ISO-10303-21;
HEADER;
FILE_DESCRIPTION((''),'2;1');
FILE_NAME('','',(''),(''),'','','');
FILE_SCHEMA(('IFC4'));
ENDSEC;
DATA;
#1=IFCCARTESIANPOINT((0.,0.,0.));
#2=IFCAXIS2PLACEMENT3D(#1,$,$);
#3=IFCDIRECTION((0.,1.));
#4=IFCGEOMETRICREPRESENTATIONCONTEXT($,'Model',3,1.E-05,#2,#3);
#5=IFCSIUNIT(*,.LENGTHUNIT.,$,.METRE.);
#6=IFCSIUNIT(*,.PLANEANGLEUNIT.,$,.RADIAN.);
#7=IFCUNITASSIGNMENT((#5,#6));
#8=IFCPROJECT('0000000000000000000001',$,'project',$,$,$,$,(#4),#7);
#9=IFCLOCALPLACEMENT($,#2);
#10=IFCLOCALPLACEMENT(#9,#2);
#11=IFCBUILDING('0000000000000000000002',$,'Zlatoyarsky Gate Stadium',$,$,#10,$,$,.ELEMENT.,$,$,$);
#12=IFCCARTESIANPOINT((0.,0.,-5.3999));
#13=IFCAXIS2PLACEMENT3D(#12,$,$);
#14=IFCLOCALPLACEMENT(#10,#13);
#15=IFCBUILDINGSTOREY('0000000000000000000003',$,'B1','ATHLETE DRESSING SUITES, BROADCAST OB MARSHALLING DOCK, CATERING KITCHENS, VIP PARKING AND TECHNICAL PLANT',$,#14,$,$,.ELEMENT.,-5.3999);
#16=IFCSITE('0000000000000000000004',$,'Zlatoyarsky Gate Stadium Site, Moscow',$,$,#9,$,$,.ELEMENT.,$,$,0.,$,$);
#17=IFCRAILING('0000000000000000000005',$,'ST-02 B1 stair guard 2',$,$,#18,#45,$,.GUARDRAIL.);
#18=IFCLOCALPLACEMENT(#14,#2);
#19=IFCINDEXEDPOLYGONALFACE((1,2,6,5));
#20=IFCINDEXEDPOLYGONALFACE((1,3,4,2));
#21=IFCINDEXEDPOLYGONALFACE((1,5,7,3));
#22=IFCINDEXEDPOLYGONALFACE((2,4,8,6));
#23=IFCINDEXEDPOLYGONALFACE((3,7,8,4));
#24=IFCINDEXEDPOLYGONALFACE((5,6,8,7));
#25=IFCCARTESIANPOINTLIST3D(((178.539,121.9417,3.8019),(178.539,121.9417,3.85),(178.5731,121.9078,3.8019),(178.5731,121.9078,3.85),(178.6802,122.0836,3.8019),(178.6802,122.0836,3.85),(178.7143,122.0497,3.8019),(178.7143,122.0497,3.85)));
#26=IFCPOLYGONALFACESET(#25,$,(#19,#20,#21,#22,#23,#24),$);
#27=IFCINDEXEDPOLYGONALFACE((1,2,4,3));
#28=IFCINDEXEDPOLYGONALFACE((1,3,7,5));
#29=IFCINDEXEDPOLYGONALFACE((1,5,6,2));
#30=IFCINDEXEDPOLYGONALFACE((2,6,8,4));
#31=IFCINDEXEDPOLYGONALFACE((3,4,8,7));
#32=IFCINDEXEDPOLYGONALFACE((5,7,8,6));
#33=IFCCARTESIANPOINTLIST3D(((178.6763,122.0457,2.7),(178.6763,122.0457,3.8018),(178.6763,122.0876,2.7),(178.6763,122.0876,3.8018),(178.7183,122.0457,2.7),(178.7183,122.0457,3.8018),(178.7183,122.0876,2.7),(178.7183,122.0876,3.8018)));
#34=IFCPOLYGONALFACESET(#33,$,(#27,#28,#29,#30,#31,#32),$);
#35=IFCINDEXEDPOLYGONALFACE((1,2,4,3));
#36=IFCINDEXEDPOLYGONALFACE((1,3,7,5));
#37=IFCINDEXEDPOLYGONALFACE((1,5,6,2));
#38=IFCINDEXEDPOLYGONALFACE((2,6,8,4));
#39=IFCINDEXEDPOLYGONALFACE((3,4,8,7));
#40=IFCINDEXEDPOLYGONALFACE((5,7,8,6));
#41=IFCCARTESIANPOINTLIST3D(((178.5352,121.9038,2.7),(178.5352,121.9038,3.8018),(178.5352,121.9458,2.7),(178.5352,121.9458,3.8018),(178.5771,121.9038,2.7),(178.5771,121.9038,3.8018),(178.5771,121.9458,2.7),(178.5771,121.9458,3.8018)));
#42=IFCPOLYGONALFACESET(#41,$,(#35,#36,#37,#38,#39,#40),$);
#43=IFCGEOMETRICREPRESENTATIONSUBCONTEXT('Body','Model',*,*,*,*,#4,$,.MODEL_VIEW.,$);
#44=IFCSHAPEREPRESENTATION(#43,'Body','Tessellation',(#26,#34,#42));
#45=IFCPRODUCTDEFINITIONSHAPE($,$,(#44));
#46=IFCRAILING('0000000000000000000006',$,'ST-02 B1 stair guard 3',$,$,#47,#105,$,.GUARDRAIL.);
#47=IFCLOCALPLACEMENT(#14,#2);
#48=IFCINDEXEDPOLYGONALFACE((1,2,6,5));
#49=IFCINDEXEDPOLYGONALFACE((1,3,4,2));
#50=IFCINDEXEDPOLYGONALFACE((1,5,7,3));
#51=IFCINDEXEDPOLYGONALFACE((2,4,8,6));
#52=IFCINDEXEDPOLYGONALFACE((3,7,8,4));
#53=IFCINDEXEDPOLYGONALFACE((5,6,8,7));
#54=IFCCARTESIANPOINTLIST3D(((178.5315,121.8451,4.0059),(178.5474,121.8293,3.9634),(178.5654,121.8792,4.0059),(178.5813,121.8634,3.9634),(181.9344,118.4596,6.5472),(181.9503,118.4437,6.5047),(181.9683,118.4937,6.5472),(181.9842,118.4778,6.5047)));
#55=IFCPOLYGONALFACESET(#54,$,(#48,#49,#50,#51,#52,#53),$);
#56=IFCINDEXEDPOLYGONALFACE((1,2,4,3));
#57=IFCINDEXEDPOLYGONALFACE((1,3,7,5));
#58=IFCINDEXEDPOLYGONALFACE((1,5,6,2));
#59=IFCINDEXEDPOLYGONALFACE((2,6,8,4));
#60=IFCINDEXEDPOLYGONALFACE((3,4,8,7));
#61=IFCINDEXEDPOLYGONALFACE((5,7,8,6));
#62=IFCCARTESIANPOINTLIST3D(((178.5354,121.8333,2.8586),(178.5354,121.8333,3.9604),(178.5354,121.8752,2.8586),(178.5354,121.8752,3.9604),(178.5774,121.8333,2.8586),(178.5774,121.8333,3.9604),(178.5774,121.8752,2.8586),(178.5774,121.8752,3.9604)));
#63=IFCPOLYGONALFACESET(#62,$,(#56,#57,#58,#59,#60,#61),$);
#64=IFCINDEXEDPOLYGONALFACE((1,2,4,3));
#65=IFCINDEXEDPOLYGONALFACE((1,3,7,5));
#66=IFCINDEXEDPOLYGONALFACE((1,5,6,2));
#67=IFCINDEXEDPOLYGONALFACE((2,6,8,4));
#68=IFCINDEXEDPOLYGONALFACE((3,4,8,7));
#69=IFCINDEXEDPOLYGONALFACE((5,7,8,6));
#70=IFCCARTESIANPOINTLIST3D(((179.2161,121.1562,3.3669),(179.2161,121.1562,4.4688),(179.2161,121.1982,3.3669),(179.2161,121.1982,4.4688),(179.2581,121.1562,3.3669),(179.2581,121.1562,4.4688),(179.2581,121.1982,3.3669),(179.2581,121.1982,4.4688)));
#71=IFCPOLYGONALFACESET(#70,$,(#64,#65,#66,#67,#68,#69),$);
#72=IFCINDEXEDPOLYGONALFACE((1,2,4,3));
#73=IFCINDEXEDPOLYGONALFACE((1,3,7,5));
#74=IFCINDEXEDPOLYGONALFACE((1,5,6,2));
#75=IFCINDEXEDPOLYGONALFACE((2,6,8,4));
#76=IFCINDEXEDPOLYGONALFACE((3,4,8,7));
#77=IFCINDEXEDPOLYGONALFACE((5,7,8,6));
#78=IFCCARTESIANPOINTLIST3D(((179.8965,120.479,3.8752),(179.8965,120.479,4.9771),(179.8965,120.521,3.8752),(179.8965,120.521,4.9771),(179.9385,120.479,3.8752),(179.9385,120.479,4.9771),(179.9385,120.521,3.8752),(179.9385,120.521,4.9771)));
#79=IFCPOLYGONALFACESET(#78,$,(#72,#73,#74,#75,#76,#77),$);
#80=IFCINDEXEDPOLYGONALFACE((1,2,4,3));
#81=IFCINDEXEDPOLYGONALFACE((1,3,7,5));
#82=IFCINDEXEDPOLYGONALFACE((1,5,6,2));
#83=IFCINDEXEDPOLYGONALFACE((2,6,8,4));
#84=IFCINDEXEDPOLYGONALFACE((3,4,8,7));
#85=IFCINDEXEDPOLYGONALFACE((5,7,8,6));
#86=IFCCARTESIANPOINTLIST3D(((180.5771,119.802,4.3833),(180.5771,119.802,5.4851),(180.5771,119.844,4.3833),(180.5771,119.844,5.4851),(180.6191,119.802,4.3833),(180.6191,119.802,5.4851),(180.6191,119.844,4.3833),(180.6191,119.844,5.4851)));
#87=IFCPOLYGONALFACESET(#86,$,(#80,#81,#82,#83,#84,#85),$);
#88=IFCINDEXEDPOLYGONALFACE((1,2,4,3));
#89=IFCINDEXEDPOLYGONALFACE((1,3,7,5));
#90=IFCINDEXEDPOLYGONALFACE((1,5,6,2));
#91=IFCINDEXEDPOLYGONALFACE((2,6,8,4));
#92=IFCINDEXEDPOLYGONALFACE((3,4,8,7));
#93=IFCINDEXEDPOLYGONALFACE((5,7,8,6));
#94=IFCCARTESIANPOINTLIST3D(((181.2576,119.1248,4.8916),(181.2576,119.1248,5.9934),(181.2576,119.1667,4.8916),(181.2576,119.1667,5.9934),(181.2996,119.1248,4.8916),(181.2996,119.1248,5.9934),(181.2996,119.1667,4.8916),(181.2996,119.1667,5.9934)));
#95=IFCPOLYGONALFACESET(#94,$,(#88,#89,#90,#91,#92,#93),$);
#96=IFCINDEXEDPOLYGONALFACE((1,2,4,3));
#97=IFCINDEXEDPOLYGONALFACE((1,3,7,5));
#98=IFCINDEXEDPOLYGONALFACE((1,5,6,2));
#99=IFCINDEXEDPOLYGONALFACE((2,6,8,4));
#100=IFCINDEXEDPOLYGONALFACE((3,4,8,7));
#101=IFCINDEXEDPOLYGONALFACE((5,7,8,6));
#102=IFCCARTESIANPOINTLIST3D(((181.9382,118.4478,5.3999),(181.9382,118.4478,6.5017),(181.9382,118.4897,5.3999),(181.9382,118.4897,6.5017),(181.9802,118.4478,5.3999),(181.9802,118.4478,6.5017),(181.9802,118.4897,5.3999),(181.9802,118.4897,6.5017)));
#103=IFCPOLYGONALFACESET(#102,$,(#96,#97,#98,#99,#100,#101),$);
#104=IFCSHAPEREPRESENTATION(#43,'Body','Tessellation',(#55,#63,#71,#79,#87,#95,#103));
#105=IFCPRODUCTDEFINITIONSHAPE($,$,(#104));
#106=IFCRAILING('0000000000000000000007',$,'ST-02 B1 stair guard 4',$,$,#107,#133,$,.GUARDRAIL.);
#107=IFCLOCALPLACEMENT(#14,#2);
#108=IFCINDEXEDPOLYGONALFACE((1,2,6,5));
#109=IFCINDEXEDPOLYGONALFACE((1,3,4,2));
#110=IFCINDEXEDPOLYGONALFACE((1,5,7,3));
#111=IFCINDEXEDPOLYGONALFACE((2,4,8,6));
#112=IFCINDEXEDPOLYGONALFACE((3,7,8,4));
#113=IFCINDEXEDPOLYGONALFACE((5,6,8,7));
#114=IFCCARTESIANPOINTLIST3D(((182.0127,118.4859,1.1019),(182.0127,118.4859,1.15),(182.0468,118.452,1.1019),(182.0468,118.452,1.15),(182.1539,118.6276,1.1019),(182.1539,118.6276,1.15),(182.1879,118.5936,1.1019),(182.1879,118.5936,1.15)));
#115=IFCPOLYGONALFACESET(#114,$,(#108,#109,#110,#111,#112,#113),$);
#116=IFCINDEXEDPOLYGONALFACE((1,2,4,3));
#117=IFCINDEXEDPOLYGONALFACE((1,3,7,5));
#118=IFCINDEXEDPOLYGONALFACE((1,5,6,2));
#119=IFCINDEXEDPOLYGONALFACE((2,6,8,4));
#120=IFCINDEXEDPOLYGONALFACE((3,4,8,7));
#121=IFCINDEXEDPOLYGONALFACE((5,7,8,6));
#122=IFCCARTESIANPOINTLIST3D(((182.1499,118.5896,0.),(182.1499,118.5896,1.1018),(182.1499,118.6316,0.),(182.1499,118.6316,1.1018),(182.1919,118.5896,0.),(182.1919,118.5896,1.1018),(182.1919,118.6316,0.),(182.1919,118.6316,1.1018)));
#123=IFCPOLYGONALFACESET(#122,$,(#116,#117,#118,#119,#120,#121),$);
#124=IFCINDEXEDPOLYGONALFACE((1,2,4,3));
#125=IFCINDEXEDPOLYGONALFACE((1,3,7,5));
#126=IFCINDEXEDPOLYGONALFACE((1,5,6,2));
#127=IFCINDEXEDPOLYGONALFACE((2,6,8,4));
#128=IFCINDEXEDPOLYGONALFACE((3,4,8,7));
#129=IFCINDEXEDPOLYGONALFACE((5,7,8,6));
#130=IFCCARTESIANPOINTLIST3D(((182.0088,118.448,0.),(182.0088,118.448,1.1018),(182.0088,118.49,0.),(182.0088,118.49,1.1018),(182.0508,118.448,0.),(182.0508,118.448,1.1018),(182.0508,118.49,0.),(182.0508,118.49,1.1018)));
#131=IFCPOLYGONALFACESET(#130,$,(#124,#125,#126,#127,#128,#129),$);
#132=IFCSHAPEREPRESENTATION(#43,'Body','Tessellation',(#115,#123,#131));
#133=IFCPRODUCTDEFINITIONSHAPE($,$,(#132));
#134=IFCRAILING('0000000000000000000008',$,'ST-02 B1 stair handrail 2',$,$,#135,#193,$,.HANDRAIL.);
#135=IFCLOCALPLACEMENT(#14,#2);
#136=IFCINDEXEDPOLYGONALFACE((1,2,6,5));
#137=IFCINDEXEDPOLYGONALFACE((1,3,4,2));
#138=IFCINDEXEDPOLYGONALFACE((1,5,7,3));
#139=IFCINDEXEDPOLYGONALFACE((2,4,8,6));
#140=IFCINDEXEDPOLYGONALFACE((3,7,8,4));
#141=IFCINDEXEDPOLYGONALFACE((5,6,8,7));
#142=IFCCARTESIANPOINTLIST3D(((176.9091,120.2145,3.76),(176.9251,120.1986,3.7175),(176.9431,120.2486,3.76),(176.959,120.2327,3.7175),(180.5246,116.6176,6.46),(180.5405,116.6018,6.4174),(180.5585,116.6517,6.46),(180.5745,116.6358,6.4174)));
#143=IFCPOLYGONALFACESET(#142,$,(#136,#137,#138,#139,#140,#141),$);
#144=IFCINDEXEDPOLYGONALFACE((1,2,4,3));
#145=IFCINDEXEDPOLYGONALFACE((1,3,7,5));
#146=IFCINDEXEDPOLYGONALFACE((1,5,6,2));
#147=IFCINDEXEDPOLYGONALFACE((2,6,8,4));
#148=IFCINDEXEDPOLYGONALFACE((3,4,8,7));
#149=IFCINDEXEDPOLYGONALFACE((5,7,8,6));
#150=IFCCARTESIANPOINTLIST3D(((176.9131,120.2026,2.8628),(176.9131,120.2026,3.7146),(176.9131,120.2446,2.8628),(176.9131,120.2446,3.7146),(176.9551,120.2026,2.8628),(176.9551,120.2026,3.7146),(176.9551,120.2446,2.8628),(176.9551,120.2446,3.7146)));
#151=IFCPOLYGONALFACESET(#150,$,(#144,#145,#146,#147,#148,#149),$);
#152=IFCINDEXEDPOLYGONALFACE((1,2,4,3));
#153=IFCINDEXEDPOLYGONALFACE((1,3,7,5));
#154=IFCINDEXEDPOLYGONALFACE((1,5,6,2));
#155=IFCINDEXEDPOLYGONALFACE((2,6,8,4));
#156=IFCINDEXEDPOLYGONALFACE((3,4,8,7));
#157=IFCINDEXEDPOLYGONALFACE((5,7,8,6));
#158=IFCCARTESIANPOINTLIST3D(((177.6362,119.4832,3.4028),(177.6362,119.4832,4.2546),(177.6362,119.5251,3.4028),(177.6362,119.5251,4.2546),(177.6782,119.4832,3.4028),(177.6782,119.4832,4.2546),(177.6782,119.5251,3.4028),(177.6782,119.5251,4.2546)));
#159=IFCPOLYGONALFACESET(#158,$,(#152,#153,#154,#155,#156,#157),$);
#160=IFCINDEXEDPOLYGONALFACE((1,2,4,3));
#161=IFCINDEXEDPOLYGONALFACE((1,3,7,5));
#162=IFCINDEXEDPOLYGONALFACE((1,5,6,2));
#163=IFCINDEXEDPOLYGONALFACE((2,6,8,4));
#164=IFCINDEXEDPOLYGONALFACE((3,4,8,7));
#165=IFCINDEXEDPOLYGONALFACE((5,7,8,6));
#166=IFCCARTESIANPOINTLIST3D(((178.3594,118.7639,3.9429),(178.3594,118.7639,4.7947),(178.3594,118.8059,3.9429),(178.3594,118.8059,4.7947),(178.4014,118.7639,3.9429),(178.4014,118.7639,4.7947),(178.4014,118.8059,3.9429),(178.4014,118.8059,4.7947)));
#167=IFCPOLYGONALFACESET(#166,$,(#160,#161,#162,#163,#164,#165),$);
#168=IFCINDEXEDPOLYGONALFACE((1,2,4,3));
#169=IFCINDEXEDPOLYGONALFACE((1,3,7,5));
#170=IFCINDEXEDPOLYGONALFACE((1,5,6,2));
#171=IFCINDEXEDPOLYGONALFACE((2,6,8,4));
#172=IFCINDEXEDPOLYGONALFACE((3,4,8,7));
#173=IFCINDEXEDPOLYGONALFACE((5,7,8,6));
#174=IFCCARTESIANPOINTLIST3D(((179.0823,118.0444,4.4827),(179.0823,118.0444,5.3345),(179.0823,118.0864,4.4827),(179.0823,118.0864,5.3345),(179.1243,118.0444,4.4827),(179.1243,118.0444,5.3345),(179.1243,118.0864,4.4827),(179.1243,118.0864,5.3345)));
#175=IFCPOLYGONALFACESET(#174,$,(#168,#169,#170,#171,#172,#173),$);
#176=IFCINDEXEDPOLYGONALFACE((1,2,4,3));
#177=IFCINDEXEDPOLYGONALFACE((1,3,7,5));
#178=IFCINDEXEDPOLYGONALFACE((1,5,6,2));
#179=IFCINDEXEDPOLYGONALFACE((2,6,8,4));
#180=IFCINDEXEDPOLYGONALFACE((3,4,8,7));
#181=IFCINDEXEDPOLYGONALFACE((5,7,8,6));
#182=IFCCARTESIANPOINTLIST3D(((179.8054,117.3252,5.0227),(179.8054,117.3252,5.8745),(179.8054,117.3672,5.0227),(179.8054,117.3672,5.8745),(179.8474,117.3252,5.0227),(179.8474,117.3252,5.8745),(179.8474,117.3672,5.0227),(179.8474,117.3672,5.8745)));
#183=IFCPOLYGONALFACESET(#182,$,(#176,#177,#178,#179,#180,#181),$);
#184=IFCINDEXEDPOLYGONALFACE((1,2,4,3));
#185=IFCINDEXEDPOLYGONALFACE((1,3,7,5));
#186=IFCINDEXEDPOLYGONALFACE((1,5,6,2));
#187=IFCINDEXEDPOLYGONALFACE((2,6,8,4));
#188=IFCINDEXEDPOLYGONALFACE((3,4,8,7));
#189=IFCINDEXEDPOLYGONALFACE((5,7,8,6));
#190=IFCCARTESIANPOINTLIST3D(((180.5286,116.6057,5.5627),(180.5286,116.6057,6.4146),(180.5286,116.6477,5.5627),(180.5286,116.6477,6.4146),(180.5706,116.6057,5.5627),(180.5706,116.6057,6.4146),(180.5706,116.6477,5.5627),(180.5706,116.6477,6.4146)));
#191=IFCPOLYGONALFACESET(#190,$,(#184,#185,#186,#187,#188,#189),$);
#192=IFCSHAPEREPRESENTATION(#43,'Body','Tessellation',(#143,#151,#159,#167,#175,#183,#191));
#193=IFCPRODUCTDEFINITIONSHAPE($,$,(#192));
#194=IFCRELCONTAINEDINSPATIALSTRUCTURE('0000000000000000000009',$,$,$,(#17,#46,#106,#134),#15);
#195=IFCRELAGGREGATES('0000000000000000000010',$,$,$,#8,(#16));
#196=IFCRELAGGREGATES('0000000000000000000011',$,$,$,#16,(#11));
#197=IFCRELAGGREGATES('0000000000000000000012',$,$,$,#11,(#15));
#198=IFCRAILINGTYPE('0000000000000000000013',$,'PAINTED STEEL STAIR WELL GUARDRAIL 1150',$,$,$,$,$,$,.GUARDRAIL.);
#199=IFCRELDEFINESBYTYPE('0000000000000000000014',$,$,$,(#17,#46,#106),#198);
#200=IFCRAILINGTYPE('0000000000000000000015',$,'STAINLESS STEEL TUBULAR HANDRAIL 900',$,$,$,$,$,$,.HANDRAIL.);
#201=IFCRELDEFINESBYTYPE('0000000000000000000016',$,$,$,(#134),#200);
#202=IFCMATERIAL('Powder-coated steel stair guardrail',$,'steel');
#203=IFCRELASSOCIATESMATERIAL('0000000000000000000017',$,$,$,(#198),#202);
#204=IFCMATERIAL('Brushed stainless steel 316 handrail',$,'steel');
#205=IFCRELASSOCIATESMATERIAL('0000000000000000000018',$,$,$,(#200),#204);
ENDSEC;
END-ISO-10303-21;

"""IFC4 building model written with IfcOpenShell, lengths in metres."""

from ifc_helpers import new_model, si_unit, direction, frame, origin, origin_2d, place, context, subcontext, project, spatial, rectangle, extrude, material, type_object, element, save


model = new_model("IFC4")

# Units and contexts
model_context = context("Model", 3, precision=1e-05, world=origin(), true_north=direction((0.0, 1.0)))
body_context = subcontext(model_context, "Body", "Model", "MODEL_VIEW")
ifc_project = project(units=[si_unit("LENGTHUNIT", "METRE"), si_unit("PLANEANGLEUNIT", "RADIAN")], contexts=[model_context])

# Site, building, storey
site_placement = place(None, origin())
site = spatial("IfcSite", under=ifc_project, at=site_placement, Name="Zlatoyarsky Gate Stadium Site, Moscow", CompositionType="ELEMENT", RefElevation=0.0)
building_placement = place(site_placement, origin())
building = spatial("IfcBuilding", under=site, at=building_placement, Name="Zlatoyarsky Gate Stadium", CompositionType="ELEMENT")
storey_placement = place(building_placement, frame((0.0, 0.0, -5.3999)))
storey = spatial("IfcBuildingStorey", under=building, at=storey_placement, Name="B1", Description="ATHLETE DRESSING SUITES, BROADCAST OB MARSHALLING DOCK, CATERING KITCHENS, VIP PARKING AND TECHNICAL PLANT", CompositionType="ELEMENT", Elevation=-5.3999)

# Railings
ifc_material_1 = material(Name="Powder-coated steel stair guardrail", Category="steel")
railing_type_1 = type_object("IfcRailingType", Name="PAINTED STEEL STAIR WELL GUARDRAIL 1150", PredefinedType="GUARDRAIL", material=ifc_material_1)
railing_1_placement = place(storey_placement, frame((178.6973, 122.0667, 2.7)))
element("IfcRailing", 1, at=railing_1_placement, inside=storey, type_object=railing_type_1, Name="ST-02 B1 stair guard 2", PredefinedType="GUARDRAIL", context=body_context, shape_type="SweptSolid", body=[
    extrude(rectangle(XDim=0.0481, YDim=0.0481, at=origin_2d()), frame((0.0, 0.0, 1.126), z_axis=(-0.705274, -0.708935, 0.0), x_axis=(0.708935, -0.705274, 0.0)), (0.0, 0.0, 1.0), 0.2002),
    extrude(rectangle(XDim=0.042, YDim=0.042, at=origin_2d()), origin(), (0.0, 0.0, 1.0), 1.1018),
    extrude(rectangle(XDim=0.042, YDim=0.042, at=origin_2d()), frame((-0.1411, -0.1418, 0.0)), (0.0, 0.0, 1.0), 1.1018),
])
railing_2_placement = place(storey_placement, frame((178.5564, 121.8542, 2.8586)))
element("IfcRailing", 2, at=railing_2_placement, inside=storey, type_object=railing_type_1, Name="ST-02 B1 stair guard 3", PredefinedType="GUARDRAIL", context=body_context, shape_type="SweptSolid", body=[
    extrude(rectangle(XDim=0.0481, YDim=0.0481, at=origin_2d()), frame((0.0, 0.0, 1.126), z_axis=(0.626524, -0.623333, 0.467893), x_axis=(0.705299, 0.70891, 0.0)), (0.0, 0.0, 1.0), 5.4314),
    extrude(rectangle(XDim=0.042, YDim=0.042, at=origin_2d()), origin(), (0.0, 0.0, 1.0), 1.1018),
    extrude(rectangle(XDim=0.042, YDim=0.042, at=origin_2d()), frame((0.6807, -0.677, 0.5083)), (0.0, 0.0, 1.0), 1.1018),
    extrude(rectangle(XDim=0.042, YDim=0.042, at=origin_2d()), frame((1.3611, -1.3542, 1.0166)), (0.0, 0.0, 1.0), 1.1018),
    extrude(rectangle(XDim=0.042, YDim=0.042, at=origin_2d()), frame((2.0417, -2.0312, 1.5247)), (0.0, 0.0, 1.0), 1.1018),
    extrude(rectangle(XDim=0.042, YDim=0.042, at=origin_2d()), frame((2.7222, -2.7085, 2.033)), (0.0, 0.0, 1.0), 1.1018),
    extrude(rectangle(XDim=0.042, YDim=0.042, at=origin_2d()), frame((3.4028, -3.3855, 2.5413)), (0.0, 0.0, 1.0), 1.1018),
])
railing_3_placement = place(storey_placement, frame((182.1709, 118.6106, 0.0)))
element("IfcRailing", 3, at=railing_3_placement, inside=storey, type_object=railing_type_1, Name="ST-02 B1 stair guard 4", PredefinedType="GUARDRAIL", context=body_context, shape_type="SweptSolid", body=[
    extrude(rectangle(XDim=0.0481, YDim=0.0481, at=origin_2d()), frame((0.0, 0.0, 1.126), z_axis=(-0.705884, -0.708327, 0.0), x_axis=(0.708327, -0.705884, 0.0)), (0.0, 0.0, 1.0), 0.2),
    extrude(rectangle(XDim=0.042, YDim=0.042, at=origin_2d()), origin(), (0.0, 0.0, 1.0), 1.1018),
    extrude(rectangle(XDim=0.042, YDim=0.042, at=origin_2d()), frame((-0.1411, -0.1416, 0.0)), (0.0, 0.0, 1.0), 1.1018),
])
ifc_material_2 = material(Name="Brushed stainless steel 316 handrail", Category="steel")
railing_type_2 = type_object("IfcRailingType", Name="STAINLESS STEEL TUBULAR HANDRAIL 900", PredefinedType="HANDRAIL", material=ifc_material_2)
railing_4_placement = place(storey_placement, frame((176.9341, 120.2236, 2.8628)))
element("IfcRailing", 4, at=railing_4_placement, inside=storey, type_object=railing_type_2, Name="ST-02 B1 stair handrail 2", PredefinedType="HANDRAIL", context=body_context, shape_type="SweptSolid", body=[
    extrude(rectangle(XDim=0.0481, YDim=0.0481, at=origin_2d()), frame((0.0, 0.0, 0.876), z_axis=(0.626539, -0.623324, 0.467884), x_axis=(0.705285, 0.708924, 0.0)), (0.0, 0.0, 1.0), 5.7705),
    extrude(rectangle(XDim=0.042, YDim=0.042, at=origin_2d()), origin(), (0.0, 0.0, 1.0), 0.8518),
    extrude(rectangle(XDim=0.042, YDim=0.042, at=origin_2d()), frame((0.7231, -0.7195, 0.54)), (0.0, 0.0, 1.0), 0.8518),
    extrude(rectangle(XDim=0.042, YDim=0.042, at=origin_2d()), frame((1.4463, -1.4387, 1.0801)), (0.0, 0.0, 1.0), 0.8518),
    extrude(rectangle(XDim=0.042, YDim=0.042, at=origin_2d()), frame((2.1692, -2.1582, 1.6199)), (0.0, 0.0, 1.0), 0.8518),
    extrude(rectangle(XDim=0.042, YDim=0.042, at=origin_2d()), frame((2.8923, -2.8774, 2.1599)), (0.0, 0.0, 1.0), 0.8518),
    extrude(rectangle(XDim=0.042, YDim=0.042, at=origin_2d()), frame((3.6155, -3.5969, 2.7)), (0.0, 0.0, 1.0), 0.8518),
])

save(model, "model.ifc")
